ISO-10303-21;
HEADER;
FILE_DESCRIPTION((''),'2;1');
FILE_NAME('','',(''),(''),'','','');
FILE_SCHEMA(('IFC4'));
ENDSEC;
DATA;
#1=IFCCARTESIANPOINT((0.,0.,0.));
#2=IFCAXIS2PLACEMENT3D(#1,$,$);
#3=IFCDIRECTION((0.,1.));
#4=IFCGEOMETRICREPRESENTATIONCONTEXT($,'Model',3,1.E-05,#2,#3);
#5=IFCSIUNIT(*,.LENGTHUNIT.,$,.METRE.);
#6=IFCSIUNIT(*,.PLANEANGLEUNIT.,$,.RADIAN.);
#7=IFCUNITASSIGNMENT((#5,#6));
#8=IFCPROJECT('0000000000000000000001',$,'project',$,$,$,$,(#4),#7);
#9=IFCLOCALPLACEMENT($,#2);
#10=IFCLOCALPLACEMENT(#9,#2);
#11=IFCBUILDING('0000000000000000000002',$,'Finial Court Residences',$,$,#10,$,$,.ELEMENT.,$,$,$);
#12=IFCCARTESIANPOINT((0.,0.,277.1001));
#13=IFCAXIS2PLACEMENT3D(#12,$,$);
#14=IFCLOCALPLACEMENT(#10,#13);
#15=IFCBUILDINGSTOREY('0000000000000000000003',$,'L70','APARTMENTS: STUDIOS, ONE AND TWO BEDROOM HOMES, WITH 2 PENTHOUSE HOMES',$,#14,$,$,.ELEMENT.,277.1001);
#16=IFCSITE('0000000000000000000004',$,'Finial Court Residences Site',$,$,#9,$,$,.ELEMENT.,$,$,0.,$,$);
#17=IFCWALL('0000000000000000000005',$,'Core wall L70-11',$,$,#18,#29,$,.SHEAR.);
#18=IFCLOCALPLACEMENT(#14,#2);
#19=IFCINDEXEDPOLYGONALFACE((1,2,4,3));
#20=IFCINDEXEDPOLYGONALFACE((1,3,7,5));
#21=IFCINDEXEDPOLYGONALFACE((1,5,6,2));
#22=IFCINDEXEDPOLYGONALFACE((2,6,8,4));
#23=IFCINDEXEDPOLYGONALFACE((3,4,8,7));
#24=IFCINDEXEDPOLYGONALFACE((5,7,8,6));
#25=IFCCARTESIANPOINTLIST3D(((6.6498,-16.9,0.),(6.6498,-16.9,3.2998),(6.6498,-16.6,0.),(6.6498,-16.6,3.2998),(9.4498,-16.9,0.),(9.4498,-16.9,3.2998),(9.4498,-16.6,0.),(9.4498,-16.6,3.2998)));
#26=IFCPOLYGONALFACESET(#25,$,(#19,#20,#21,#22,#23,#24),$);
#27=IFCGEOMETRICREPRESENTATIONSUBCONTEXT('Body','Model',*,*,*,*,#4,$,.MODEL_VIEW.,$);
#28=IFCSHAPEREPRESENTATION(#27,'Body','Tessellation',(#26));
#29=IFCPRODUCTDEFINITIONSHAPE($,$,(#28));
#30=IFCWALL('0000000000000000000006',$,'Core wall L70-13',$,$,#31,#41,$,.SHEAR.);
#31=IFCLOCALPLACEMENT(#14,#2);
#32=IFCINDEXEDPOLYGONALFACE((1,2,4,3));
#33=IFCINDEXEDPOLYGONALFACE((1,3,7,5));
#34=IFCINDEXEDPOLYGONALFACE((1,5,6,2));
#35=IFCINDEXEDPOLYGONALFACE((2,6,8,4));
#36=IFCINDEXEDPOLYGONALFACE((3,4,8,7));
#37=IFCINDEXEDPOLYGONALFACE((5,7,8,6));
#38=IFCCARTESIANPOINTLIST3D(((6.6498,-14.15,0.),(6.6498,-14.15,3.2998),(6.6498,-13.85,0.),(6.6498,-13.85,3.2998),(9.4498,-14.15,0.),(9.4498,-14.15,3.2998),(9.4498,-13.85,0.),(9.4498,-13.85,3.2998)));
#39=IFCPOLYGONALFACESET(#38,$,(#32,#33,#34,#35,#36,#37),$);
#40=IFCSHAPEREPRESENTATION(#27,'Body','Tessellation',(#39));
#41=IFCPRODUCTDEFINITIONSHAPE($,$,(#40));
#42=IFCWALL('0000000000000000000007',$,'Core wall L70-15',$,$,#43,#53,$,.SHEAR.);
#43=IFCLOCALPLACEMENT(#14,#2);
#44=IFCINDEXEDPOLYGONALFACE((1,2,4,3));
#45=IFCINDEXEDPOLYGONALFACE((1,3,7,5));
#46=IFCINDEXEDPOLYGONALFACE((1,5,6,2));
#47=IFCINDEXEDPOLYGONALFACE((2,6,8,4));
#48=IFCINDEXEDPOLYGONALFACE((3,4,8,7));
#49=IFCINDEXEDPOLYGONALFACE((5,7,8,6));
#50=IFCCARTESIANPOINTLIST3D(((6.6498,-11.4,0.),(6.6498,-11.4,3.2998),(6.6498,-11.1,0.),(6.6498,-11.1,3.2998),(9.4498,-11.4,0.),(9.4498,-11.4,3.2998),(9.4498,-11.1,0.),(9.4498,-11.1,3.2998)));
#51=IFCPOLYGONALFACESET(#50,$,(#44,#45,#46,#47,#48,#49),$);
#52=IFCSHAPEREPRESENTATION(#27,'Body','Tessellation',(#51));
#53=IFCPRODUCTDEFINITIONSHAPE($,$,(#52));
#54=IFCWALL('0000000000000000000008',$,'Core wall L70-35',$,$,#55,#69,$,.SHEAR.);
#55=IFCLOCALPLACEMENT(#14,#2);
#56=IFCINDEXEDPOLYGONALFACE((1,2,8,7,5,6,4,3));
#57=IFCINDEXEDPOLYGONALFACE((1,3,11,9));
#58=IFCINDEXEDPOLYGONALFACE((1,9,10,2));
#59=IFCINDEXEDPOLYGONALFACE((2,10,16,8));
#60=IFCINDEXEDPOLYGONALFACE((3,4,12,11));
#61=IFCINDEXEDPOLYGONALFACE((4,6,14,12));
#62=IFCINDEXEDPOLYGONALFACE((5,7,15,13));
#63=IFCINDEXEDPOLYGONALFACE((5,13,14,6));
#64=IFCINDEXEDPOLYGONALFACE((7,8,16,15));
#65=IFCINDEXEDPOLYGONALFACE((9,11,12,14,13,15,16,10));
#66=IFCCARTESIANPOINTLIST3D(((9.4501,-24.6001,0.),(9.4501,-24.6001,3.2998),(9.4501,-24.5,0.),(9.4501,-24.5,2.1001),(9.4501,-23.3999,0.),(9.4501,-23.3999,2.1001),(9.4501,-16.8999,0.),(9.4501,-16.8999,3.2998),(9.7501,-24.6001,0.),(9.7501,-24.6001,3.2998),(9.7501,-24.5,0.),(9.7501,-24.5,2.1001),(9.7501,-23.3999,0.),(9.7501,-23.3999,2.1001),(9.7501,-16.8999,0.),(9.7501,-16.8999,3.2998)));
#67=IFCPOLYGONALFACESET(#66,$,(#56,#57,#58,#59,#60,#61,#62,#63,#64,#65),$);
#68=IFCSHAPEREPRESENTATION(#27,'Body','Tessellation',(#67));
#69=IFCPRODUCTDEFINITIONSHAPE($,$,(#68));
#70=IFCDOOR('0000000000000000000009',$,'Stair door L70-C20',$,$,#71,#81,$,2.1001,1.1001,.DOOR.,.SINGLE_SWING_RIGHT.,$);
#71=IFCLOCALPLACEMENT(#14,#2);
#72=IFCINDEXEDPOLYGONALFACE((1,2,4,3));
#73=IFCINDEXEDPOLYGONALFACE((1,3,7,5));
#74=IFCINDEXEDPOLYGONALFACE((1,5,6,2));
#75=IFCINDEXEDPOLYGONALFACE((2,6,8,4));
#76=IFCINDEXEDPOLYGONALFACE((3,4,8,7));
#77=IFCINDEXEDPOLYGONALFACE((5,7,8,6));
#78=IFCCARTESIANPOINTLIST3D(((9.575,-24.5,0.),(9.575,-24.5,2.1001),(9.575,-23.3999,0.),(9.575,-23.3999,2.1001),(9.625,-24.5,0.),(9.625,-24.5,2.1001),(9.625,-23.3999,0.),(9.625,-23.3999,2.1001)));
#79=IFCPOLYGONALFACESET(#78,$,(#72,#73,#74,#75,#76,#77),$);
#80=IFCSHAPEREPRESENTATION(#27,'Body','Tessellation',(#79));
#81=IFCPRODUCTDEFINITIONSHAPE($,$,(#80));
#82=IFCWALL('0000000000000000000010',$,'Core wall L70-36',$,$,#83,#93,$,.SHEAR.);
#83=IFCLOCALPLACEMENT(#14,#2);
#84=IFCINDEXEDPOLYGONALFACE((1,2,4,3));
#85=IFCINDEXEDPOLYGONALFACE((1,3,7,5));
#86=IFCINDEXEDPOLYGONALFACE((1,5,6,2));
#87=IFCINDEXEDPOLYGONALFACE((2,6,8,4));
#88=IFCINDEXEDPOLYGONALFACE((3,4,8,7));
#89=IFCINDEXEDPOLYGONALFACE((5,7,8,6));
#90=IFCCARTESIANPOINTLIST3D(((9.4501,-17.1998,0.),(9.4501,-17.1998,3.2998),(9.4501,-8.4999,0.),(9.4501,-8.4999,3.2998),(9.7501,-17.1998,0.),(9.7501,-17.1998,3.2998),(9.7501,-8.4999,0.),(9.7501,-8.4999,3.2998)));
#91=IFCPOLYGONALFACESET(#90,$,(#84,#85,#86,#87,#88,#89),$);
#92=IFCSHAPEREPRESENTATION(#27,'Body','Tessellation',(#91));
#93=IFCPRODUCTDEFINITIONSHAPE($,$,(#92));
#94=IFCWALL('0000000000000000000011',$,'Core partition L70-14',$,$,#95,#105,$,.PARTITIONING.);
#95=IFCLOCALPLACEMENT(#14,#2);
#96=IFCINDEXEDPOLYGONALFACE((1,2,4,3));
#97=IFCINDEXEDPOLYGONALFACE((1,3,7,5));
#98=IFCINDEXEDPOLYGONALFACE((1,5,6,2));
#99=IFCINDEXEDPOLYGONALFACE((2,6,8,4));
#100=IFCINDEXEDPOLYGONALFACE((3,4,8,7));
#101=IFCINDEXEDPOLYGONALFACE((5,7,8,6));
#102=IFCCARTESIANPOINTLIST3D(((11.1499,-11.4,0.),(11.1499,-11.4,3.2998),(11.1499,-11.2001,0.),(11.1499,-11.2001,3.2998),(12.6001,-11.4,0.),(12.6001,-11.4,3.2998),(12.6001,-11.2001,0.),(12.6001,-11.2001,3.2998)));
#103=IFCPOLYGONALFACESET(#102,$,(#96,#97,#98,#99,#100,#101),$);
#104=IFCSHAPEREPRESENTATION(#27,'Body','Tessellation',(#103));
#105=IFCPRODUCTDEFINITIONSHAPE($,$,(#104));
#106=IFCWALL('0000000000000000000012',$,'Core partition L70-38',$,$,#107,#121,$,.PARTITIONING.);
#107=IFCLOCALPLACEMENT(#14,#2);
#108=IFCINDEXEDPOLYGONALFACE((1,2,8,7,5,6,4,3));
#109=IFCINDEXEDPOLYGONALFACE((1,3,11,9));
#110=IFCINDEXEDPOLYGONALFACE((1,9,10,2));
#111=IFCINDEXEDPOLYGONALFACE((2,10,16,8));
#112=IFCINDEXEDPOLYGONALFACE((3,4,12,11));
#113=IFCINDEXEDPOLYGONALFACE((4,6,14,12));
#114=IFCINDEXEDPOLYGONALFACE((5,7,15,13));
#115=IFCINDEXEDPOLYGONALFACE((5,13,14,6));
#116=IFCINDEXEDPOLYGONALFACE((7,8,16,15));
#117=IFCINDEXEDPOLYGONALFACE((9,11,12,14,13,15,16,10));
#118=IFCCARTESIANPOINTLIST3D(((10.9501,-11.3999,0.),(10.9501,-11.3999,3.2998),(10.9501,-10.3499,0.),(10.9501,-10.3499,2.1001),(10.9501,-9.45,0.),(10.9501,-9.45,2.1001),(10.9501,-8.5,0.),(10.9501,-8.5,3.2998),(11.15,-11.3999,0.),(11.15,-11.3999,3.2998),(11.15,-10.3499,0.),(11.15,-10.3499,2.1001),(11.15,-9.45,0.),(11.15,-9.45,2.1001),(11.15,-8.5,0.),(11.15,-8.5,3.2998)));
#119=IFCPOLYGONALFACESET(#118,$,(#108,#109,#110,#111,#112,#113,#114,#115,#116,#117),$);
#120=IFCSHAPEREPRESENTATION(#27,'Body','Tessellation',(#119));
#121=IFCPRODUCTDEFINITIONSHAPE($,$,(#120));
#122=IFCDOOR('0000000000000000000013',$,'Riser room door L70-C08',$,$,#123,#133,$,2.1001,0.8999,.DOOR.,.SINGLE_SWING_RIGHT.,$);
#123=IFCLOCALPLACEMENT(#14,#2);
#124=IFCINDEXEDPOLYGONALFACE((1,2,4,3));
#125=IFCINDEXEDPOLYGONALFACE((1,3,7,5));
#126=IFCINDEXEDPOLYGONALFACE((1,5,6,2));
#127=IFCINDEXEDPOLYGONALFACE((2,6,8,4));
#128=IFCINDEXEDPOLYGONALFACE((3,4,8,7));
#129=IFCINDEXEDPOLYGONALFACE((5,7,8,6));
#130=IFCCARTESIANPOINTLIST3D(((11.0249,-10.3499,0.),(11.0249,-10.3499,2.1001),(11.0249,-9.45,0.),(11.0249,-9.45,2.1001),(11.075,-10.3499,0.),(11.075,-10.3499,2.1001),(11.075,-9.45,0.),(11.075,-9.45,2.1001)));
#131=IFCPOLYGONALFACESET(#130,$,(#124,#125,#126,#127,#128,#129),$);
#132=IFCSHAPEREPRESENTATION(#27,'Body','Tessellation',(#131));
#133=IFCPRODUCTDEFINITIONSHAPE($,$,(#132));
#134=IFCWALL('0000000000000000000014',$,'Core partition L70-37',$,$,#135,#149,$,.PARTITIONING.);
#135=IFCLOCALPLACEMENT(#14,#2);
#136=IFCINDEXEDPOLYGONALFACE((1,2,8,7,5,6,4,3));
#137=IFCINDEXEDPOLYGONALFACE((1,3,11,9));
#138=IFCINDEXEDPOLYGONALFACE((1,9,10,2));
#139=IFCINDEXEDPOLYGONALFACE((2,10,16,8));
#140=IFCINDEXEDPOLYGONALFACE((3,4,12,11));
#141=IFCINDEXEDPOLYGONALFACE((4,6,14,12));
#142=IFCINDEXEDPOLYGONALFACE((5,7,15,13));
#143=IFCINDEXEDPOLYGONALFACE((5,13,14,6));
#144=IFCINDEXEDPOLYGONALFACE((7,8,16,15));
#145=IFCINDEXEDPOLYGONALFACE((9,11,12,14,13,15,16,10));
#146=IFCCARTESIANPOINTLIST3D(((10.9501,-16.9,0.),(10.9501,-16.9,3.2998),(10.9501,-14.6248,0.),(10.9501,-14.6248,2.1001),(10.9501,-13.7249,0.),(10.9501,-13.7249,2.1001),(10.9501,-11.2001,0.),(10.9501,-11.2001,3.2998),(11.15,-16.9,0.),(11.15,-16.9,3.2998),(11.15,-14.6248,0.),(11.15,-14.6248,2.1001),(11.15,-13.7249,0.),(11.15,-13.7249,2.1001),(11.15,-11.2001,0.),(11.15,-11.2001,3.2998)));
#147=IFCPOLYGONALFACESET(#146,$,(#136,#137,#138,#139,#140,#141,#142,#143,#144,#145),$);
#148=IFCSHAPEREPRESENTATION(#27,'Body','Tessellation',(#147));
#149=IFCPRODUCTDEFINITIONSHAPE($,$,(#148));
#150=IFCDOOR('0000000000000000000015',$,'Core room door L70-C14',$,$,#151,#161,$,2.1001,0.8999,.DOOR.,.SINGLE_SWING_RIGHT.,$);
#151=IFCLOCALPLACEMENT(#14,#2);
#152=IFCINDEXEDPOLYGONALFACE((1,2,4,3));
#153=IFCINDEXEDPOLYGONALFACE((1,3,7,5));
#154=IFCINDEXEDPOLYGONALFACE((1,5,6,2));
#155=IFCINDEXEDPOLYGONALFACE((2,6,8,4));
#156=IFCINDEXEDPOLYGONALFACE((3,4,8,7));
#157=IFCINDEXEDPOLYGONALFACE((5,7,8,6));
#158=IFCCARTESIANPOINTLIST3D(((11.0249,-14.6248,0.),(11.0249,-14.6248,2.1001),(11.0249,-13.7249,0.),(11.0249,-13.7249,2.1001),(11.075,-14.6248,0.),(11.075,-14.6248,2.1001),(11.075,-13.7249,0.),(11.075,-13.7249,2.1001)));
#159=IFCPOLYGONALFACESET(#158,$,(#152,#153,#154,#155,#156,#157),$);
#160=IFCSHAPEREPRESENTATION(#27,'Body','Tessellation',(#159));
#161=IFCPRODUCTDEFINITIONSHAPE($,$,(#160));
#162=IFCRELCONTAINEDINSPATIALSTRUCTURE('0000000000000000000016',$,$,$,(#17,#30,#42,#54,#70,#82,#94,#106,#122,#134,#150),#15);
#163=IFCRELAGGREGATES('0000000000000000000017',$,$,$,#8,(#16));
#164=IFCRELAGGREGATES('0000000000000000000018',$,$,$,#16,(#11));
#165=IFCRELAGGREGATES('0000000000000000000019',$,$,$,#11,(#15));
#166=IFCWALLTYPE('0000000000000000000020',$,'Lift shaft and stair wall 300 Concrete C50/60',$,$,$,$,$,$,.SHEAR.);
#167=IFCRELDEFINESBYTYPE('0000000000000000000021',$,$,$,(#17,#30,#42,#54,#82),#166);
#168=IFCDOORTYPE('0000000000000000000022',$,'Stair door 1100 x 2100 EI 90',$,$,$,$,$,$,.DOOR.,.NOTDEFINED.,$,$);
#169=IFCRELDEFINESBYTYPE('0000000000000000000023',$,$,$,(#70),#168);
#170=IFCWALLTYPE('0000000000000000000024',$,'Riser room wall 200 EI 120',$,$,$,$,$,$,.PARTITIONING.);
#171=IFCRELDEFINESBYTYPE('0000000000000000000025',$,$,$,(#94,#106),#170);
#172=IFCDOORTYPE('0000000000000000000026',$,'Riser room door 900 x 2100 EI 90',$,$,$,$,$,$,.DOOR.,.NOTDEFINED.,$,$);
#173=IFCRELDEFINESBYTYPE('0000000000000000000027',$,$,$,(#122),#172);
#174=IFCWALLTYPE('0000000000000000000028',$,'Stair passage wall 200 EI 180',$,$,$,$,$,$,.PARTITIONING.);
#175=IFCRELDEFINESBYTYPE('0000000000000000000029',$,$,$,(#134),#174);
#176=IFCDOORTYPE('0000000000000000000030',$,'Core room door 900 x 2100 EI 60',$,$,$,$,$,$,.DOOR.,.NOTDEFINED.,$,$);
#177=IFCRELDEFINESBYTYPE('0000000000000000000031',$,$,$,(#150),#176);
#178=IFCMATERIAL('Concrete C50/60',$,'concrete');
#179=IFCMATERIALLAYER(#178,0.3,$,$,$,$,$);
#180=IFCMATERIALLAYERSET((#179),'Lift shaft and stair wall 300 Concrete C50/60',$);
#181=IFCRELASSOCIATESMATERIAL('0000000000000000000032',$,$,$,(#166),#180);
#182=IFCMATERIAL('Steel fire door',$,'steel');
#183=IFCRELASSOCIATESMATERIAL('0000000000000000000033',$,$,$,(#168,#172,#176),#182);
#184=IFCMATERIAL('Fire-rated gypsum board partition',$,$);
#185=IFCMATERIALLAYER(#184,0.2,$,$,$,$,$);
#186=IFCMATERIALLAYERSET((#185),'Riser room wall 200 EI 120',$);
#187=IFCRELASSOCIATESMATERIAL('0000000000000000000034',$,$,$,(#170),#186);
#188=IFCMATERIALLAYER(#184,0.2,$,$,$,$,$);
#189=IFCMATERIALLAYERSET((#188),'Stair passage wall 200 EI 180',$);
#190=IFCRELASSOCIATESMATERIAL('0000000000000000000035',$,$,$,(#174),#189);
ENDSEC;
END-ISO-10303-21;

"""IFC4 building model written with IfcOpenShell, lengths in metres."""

from ifc_helpers import new_model, si_unit, direction, frame, frame_2d, origin, place, context, subcontext, project, spatial, rectangle, extrude, material, layer, layer_set, type_object, element, fill, save


model = new_model("IFC4")

# Units and contexts
model_context = context("Model", 3, precision=1e-05, world=origin(), true_north=direction((0.0, 1.0)))
body_context = subcontext(model_context, "Body", "Model", "MODEL_VIEW")
ifc_project = project(units=[si_unit("LENGTHUNIT", "METRE"), si_unit("PLANEANGLEUNIT", "RADIAN")], contexts=[model_context])

# Site, building, storey
site_placement = place(None, origin())
site = spatial("IfcSite", under=ifc_project, at=site_placement, Name="Finial Court Residences Site", CompositionType="ELEMENT", RefElevation=0.0)
building_placement = place(site_placement, origin())
building = spatial("IfcBuilding", under=site, at=building_placement, Name="Finial Court Residences", CompositionType="ELEMENT")
storey_placement = place(building_placement, frame((0.0, 0.0, 277.1001)))
storey = spatial("IfcBuildingStorey", under=building, at=storey_placement, Name="L70", Description="APARTMENTS: STUDIOS, ONE AND TWO BEDROOM HOMES, WITH 2 PENTHOUSE HOMES", CompositionType="ELEMENT", Elevation=277.1001)

# Shared definitions
ifc_material_1 = material(Name="Concrete C50/60", Category="concrete")

# Walls
ifc_layer_1 = layer(ifc_material_1, 0.3)
ifc_layer_set_1 = layer_set([ifc_layer_1], Name="Lift shaft and stair wall 300 Concrete C50/60")
wall_type_1 = type_object("IfcWallType", Name="Lift shaft and stair wall 300 Concrete C50/60", PredefinedType="SHEAR", material=ifc_layer_set_1)
for number, where, z_axis, x_axis, name in (
    (1, (6.6499, -16.75, 0.0), (0.0, 0.0, 1.0), (1.0, 0.0, 0.0), "Core wall L70-11"),
    (2, (6.6499, -14.0, 0.0), (0.0, 0.0, 1.0), (1.0, 0.0, 0.0), "Core wall L70-13"),
    (3, (6.6499, -11.25, 0.0), (0.0, 0.0, 1.0), (1.0, 0.0, 0.0), "Core wall L70-15"),
):
    element("IfcWall", number, at=place(storey_placement, frame(where, z_axis=z_axis, x_axis=x_axis)), inside=storey, type_object=wall_type_1, Name=name, PredefinedType="SHEAR", context=body_context, shape_type="SweptSolid", body=[
        extrude(rectangle(XDim=2.8, YDim=0.3, at=frame_2d((1.3999, 0.0))), origin(), (0.0, 0.0, 1.0), 3.2998),
    ])

# Wall, opening, door
wall_1_placement = place(storey_placement, frame((9.6001, -16.8999, 0.0), z_axis=(0.0, 0.0, 1.0), x_axis=(0.0, -1.0, 0.0)))
wall_1 = element("IfcWall", 4, at=wall_1_placement, inside=storey, type_object=wall_type_1, Name="Core wall L70-35", PredefinedType="SHEAR", context=body_context, shape_type="SweptSolid", body=[
    extrude(rectangle(XDim=7.7002, YDim=0.3, at=frame_2d((3.8501, 0.0))), origin(), (0.0, 0.0, 1.0), 3.2998),
])
opening_1_placement = place(wall_1_placement, frame((6.5, 0.0, 0.0)))
opening_1 = element("IfcOpeningElement", 5, at=opening_1_placement, cuts=wall_1, PredefinedType="OPENING", context=body_context, shape_type="SweptSolid", body=[
    extrude(rectangle(XDim=1.1001, YDim=2.1001, at=frame_2d((0.55, 1.05))), frame((0.0, 0.1599, 0.0), z_axis=(0.0, -1.0, 0.0), x_axis=(1.0, 0.0, 0.0)), (0.0, 0.0, 1.0), 0.3201),
])
ifc_material_2 = material(Name="Steel fire door", Category="steel")
door_type_1 = type_object("IfcDoorType", Name="Stair door 1100 x 2100 EI 90", OperationType="NOTDEFINED", PredefinedType="DOOR", material=ifc_material_2)
door_1_placement = place(opening_1_placement, origin())
door_1 = element("IfcDoor", 6, at=door_1_placement, inside=storey, type_object=door_type_1, Name="Stair door L70-C20", OperationType="SINGLE_SWING_RIGHT", OverallHeight=2.1001, OverallWidth=1.1001, PredefinedType="DOOR", context=body_context, shape_type="SweptSolid", body=[
    extrude(rectangle(XDim=1.1001, YDim=2.1001, at=frame_2d((0.55, 1.05))), frame((0.0, 0.0249, 0.0), z_axis=(0.0, -1.0, 0.0), x_axis=(1.0, 0.0, 0.0)), (0.0, 0.0, 1.0), 0.05),
])
fill(opening_1, door_1)

# Walls
wall_2_placement = place(storey_placement, frame((9.6001, -17.2, 0.0), z_axis=(0.0, 0.0, 1.0), x_axis=(0.0, 1.0, 0.0)))
element("IfcWall", 7, at=wall_2_placement, inside=storey, type_object=wall_type_1, Name="Core wall L70-36", PredefinedType="SHEAR", context=body_context, shape_type="SweptSolid", body=[
    extrude(rectangle(XDim=8.7, YDim=0.3, at=frame_2d((4.3501, 0.0))), origin(), (0.0, 0.0, 1.0), 3.2998),
])
ifc_material_3 = material(Name="Fire-rated gypsum board partition")
ifc_layer_2 = layer(ifc_material_3, 0.2)
ifc_layer_set_2 = layer_set([ifc_layer_2], Name="Riser room wall 200 EI 120")
wall_type_2 = type_object("IfcWallType", Name="Riser room wall 200 EI 120", PredefinedType="PARTITIONING", material=ifc_layer_set_2)
wall_3_placement = place(storey_placement, frame((11.1499, -11.3, 0.0), z_axis=(0.0, 0.0, 1.0), x_axis=(1.0, 0.0, 0.0)))
element("IfcWall", 8, at=wall_3_placement, inside=storey, type_object=wall_type_2, Name="Core partition L70-14", PredefinedType="PARTITIONING", context=body_context, shape_type="SweptSolid", body=[
    extrude(rectangle(XDim=1.4502, YDim=0.2, at=frame_2d((0.7251, 0.0))), origin(), (0.0, 0.0, 1.0), 3.2998),
])

# Walls, openings, doors
wall_4_placement = place(storey_placement, frame((11.05, -8.5, 0.0), z_axis=(0.0, 0.0, 1.0), x_axis=(0.0, -1.0, 0.0)))
wall_4 = element("IfcWall", 9, at=wall_4_placement, inside=storey, type_object=wall_type_2, Name="Core partition L70-38", PredefinedType="PARTITIONING", context=body_context, shape_type="SweptSolid", body=[
    extrude(rectangle(XDim=2.8999, YDim=0.2, at=frame_2d((1.45, 0.0))), origin(), (0.0, 0.0, 1.0), 3.2998),
])
opening_2_placement = place(wall_4_placement, frame((0.95, 0.0, 0.0)))
opening_2 = element("IfcOpeningElement", 10, at=opening_2_placement, cuts=wall_4, PredefinedType="OPENING", context=body_context, shape_type="SweptSolid", body=[
    extrude(rectangle(XDim=0.8999, YDim=2.1001, at=frame_2d((0.45, 1.05))), frame((0.0, 0.1099, 0.0), z_axis=(0.0, -1.0, 0.0), x_axis=(1.0, 0.0, 0.0)), (0.0, 0.0, 1.0), 0.22),
])
door_type_2 = type_object("IfcDoorType", Name="Riser room door 900 x 2100 EI 90", OperationType="NOTDEFINED", PredefinedType="DOOR", material=ifc_material_2)
door_2_placement = place(opening_2_placement, origin())
door_2 = element("IfcDoor", 11, at=door_2_placement, inside=storey, type_object=door_type_2, Name="Riser room door L70-C08", OperationType="SINGLE_SWING_RIGHT", OverallHeight=2.1001, OverallWidth=0.8999, PredefinedType="DOOR", context=body_context, shape_type="SweptSolid", body=[
    extrude(rectangle(XDim=0.8999, YDim=2.1001, at=frame_2d((0.45, 1.05))), frame((0.0, 0.0249, 0.0), z_axis=(0.0, -1.0, 0.0), x_axis=(1.0, 0.0, 0.0)), (0.0, 0.0, 1.0), 0.05),
])
fill(opening_2, door_2)
ifc_layer_3 = layer(ifc_material_3, 0.2)
ifc_layer_set_3 = layer_set([ifc_layer_3], Name="Stair passage wall 200 EI 180")
wall_type_3 = type_object("IfcWallType", Name="Stair passage wall 200 EI 180", PredefinedType="PARTITIONING", material=ifc_layer_set_3)
wall_5_placement = place(storey_placement, frame((11.05, -11.2, 0.0), z_axis=(0.0, 0.0, 1.0), x_axis=(0.0, -1.0, 0.0)))
wall_5 = element("IfcWall", 12, at=wall_5_placement, inside=storey, type_object=wall_type_3, Name="Core partition L70-37", PredefinedType="PARTITIONING", context=body_context, shape_type="SweptSolid", body=[
    extrude(rectangle(XDim=5.7, YDim=0.2, at=frame_2d((2.8501, 0.0))), origin(), (0.0, 0.0, 1.0), 3.2998),
])
opening_3_placement = place(wall_5_placement, frame((2.5249, 0.0, 0.0)))
opening_3 = element("IfcOpeningElement", 13, at=opening_3_placement, cuts=wall_5, PredefinedType="OPENING", context=body_context, shape_type="SweptSolid", body=[
    extrude(rectangle(XDim=0.8999, YDim=2.1001, at=frame_2d((0.45, 1.05))), frame((0.0, 0.1099, 0.0), z_axis=(0.0, -1.0, 0.0), x_axis=(1.0, 0.0, 0.0)), (0.0, 0.0, 1.0), 0.22),
])
door_type_3 = type_object("IfcDoorType", Name="Core room door 900 x 2100 EI 60", OperationType="NOTDEFINED", PredefinedType="DOOR", material=ifc_material_2)
door_3_placement = place(opening_3_placement, origin())
door_3 = element("IfcDoor", 14, at=door_3_placement, inside=storey, type_object=door_type_3, Name="Core room door L70-C14", OperationType="SINGLE_SWING_RIGHT", OverallHeight=2.1001, OverallWidth=0.8999, PredefinedType="DOOR", context=body_context, shape_type="SweptSolid", body=[
    extrude(rectangle(XDim=0.8999, YDim=2.1001, at=frame_2d((0.45, 1.05))), frame((0.0, 0.0249, 0.0), z_axis=(0.0, -1.0, 0.0), x_axis=(1.0, 0.0, 0.0)), (0.0, 0.0, 1.0), 0.05),
])
fill(opening_3, door_3)

save(model, "model.ifc")
